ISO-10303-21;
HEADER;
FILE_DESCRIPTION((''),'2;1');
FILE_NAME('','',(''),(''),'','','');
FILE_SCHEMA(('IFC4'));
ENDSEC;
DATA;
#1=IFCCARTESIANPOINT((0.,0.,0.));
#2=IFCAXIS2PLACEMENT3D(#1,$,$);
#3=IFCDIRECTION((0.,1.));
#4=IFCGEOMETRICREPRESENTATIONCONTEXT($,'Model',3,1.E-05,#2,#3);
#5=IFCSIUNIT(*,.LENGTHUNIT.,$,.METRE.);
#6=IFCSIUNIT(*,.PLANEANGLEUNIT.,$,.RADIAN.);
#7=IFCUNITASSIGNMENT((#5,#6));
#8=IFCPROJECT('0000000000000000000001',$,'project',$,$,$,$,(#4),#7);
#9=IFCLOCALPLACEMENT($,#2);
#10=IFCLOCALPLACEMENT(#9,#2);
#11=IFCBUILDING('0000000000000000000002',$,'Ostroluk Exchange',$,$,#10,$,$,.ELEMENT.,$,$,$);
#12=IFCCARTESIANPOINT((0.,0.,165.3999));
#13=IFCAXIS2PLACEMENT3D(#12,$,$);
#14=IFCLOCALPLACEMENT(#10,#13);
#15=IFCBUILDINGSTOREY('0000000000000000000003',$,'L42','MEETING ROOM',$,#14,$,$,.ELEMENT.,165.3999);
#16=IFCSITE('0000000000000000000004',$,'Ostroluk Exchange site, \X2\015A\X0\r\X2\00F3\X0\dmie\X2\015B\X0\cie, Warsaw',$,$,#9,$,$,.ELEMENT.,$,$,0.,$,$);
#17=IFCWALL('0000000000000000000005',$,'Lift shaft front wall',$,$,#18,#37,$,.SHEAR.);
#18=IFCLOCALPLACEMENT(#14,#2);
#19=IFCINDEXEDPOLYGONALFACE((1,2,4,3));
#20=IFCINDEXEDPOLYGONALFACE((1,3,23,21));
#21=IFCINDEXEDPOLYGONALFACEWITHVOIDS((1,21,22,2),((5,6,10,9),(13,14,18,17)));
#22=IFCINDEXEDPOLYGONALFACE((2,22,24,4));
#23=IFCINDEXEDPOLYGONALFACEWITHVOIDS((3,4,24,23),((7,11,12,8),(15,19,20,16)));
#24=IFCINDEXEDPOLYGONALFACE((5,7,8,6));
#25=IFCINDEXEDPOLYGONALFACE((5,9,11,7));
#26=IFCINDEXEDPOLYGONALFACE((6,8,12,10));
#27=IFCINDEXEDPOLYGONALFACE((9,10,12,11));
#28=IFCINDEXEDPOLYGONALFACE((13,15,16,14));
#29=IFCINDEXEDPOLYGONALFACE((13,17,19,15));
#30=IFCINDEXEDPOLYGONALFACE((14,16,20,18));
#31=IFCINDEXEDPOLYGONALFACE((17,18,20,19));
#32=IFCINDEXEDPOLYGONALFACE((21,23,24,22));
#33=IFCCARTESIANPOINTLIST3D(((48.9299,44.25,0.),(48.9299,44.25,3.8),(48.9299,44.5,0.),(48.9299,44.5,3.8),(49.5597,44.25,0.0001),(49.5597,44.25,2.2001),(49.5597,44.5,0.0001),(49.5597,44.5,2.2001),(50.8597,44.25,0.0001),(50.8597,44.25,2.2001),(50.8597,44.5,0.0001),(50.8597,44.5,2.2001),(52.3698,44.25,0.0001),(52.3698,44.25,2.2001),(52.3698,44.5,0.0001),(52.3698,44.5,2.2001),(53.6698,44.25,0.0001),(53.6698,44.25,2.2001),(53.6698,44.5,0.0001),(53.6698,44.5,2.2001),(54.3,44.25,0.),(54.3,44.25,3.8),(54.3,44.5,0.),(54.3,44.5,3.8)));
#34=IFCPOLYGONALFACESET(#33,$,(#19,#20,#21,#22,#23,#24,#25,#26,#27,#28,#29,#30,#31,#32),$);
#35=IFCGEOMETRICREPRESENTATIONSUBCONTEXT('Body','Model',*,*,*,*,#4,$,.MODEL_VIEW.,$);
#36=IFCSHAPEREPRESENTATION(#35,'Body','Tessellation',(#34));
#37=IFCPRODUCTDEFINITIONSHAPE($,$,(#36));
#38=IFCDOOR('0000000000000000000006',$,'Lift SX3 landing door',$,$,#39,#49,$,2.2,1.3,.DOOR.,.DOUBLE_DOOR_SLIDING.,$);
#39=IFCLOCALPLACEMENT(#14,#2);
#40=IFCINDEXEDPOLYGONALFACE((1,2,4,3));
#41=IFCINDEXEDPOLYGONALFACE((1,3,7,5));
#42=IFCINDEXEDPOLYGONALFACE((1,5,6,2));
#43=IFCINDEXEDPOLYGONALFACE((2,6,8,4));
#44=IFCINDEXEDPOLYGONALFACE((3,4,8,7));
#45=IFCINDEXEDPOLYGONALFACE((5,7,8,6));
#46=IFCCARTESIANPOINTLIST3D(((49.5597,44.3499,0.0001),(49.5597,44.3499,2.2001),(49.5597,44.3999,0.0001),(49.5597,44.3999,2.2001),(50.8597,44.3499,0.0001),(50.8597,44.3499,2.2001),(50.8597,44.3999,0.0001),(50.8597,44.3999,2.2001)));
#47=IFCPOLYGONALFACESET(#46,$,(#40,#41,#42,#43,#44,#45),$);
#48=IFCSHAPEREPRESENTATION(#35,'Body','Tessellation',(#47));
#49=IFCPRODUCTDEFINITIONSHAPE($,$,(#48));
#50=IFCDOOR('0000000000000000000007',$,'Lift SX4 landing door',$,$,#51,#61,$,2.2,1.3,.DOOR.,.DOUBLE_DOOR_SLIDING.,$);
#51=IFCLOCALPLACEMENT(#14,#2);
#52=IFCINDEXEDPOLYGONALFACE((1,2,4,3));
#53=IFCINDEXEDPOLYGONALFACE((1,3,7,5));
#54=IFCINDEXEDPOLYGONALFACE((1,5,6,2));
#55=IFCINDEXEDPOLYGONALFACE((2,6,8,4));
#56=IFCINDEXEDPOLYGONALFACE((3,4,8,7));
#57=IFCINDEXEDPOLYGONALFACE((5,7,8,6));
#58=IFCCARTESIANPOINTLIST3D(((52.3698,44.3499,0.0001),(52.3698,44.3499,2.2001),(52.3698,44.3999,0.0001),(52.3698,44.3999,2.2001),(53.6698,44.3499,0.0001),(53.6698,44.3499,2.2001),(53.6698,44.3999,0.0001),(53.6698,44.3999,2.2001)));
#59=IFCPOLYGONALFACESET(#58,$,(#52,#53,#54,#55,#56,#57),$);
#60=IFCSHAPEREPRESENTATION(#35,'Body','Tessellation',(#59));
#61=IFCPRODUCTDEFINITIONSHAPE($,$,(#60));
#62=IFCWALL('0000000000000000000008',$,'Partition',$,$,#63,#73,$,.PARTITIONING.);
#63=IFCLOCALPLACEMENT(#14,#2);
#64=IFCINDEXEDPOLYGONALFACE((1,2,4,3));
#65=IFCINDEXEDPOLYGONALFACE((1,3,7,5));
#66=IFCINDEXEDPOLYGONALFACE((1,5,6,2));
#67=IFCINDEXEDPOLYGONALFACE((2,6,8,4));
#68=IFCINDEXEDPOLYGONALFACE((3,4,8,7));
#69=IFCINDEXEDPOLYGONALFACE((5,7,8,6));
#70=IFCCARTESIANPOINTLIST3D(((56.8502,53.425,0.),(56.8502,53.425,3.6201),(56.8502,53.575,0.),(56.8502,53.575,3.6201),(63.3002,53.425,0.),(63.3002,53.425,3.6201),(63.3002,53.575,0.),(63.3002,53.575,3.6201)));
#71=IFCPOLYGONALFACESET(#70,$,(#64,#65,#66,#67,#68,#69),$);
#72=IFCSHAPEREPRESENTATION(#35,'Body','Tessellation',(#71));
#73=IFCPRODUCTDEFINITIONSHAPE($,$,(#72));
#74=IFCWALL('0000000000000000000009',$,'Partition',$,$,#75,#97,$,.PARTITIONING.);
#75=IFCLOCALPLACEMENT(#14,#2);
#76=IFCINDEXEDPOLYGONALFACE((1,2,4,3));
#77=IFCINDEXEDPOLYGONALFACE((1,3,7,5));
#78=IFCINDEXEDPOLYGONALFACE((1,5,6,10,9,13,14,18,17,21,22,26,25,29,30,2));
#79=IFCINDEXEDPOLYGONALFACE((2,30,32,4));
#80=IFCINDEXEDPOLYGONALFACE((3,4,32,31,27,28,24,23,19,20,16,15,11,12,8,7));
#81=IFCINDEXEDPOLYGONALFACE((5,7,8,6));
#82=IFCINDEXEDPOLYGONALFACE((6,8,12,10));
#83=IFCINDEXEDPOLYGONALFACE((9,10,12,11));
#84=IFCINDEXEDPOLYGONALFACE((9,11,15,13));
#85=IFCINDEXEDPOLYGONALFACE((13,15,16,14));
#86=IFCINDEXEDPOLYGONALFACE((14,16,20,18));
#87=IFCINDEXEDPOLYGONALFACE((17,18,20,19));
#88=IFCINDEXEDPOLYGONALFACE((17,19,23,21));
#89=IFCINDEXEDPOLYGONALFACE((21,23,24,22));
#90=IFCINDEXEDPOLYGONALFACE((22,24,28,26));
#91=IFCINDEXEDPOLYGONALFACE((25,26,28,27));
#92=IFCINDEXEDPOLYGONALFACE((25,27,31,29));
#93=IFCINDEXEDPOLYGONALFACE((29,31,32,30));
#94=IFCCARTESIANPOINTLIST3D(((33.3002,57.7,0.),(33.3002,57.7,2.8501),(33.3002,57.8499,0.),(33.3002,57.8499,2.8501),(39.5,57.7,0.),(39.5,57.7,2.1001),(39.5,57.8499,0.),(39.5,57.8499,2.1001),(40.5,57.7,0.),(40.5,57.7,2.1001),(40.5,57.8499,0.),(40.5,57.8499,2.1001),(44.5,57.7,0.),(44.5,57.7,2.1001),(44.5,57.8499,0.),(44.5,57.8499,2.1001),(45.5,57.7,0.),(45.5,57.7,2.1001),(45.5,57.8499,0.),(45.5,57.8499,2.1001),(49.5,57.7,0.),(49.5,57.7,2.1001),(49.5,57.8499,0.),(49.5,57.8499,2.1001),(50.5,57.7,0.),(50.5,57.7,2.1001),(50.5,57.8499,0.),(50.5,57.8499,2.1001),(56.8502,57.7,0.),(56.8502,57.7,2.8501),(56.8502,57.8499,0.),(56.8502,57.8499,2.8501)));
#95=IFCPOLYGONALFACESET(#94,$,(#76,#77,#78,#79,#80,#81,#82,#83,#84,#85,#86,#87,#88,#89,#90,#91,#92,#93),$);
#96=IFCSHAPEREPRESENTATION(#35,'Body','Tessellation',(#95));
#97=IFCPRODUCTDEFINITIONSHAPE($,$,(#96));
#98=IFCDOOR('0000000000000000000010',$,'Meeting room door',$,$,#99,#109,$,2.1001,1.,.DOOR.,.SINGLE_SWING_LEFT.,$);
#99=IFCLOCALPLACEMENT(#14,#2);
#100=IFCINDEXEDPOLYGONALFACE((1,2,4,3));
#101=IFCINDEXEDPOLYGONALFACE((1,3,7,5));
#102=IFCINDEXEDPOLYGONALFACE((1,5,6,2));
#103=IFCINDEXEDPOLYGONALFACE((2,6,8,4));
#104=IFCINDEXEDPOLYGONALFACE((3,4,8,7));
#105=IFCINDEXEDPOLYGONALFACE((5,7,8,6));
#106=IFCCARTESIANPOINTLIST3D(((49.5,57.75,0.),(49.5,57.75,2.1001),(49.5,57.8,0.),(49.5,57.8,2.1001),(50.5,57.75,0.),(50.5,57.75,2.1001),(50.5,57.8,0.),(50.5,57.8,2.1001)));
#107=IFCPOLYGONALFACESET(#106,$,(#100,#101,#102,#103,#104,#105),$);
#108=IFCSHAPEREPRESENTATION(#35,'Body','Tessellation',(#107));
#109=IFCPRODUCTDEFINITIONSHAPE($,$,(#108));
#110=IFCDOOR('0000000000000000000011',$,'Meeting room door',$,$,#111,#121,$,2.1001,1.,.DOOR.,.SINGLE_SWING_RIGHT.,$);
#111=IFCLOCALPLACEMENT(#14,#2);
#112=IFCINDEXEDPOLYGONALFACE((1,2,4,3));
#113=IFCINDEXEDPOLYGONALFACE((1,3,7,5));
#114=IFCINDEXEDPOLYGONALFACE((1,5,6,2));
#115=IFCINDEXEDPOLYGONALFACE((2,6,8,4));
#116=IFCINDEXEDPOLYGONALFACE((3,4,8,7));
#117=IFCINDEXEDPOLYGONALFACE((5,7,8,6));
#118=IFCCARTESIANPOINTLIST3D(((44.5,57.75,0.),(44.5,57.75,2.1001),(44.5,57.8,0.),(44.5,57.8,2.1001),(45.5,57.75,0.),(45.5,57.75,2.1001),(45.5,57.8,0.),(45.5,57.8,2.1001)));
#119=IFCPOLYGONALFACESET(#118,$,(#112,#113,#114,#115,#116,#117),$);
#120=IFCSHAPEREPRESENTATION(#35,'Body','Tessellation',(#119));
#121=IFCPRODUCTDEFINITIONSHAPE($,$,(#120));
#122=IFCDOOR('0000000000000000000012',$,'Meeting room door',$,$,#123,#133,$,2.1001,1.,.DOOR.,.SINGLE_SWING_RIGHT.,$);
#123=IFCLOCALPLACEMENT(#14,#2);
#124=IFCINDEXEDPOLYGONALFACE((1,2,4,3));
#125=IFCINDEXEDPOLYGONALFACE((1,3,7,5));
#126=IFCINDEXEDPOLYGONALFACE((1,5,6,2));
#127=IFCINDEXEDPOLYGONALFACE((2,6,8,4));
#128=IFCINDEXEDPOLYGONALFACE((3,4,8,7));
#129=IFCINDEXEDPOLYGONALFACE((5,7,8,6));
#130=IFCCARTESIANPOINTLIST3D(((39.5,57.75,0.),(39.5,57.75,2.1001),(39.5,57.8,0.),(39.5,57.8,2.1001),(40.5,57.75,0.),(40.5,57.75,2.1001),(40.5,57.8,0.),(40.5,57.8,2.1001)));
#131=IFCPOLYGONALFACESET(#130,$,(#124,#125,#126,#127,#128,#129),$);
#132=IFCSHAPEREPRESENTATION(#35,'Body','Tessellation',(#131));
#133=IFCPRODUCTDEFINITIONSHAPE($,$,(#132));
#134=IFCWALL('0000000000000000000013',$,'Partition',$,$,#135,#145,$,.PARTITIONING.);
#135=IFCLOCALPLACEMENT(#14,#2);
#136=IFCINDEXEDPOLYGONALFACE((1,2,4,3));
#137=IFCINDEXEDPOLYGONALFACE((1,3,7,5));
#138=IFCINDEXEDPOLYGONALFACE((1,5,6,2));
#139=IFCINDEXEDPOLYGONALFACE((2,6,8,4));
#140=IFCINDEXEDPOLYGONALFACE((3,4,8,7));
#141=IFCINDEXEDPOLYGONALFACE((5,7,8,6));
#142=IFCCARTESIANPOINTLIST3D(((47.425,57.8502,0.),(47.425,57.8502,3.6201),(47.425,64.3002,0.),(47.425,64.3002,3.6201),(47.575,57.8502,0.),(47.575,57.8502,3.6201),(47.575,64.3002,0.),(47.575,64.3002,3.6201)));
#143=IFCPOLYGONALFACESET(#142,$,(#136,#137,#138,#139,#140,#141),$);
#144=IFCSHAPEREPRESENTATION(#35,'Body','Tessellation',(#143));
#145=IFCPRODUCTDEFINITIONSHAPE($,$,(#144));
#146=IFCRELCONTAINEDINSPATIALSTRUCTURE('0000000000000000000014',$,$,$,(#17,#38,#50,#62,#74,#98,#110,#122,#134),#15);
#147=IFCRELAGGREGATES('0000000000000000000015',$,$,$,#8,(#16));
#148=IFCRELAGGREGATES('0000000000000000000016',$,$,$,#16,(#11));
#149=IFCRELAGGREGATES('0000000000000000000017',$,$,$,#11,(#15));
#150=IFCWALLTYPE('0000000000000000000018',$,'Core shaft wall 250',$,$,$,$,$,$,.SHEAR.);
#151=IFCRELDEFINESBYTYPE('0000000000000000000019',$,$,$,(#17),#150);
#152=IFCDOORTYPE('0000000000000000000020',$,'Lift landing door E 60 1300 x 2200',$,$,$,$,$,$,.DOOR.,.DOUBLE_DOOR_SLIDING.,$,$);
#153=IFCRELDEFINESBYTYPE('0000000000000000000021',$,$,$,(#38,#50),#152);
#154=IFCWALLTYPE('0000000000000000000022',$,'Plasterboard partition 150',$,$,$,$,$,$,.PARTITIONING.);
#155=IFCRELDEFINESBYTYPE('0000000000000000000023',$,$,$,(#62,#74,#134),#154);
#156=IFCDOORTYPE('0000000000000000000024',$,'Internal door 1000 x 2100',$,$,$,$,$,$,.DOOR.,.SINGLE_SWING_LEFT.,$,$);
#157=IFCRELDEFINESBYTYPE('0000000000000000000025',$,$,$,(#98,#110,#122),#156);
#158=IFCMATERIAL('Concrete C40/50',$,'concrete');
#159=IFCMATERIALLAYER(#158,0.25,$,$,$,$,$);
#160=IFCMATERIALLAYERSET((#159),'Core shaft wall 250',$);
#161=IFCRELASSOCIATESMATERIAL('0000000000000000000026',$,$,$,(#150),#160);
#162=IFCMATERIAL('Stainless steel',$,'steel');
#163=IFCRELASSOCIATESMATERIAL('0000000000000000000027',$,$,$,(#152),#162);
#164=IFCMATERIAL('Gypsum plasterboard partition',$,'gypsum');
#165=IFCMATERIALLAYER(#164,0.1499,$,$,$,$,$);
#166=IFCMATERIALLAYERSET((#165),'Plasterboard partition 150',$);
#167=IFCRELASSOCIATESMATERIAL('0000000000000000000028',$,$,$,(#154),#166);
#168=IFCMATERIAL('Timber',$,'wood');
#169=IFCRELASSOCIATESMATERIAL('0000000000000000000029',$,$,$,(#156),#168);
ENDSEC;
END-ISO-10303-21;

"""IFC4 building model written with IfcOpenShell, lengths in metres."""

from ifc_helpers import new_model, si_unit, direction, frame, frame_2d, origin, place, context, subcontext, project, spatial, rectangle, extrude, material, layer, layer_set, type_object, element, fill, save


model = new_model("IFC4")

# Units and contexts
model_context = context("Model", 3, precision=1e-05, world=origin(), true_north=direction((0.0, 1.0)))
body_context = subcontext(model_context, "Body", "Model", "MODEL_VIEW")
ifc_project = project(units=[si_unit("LENGTHUNIT", "METRE"), si_unit("PLANEANGLEUNIT", "RADIAN")], contexts=[model_context])

# Site, building, storey
site_placement = place(None, origin())
site = spatial("IfcSite", under=ifc_project, at=site_placement, Name="Ostroluk Exchange site, Śródmieście, Warsaw", CompositionType="ELEMENT", RefElevation=0.0)
building_placement = place(site_placement, origin())
building = spatial("IfcBuilding", under=site, at=building_placement, Name="Ostroluk Exchange", CompositionType="ELEMENT")
storey_placement = place(building_placement, frame((0.0, 0.0, 165.3999)))
storey = spatial("IfcBuildingStorey", under=building, at=storey_placement, Name="L42", Description="MEETING ROOM", CompositionType="ELEMENT", Elevation=165.3999)

# Shared definitions
ifc_material_1 = material(Name="Concrete C40/50", Category="concrete")
ifc_layer_1 = layer(ifc_material_1, 0.25)
ifc_layer_set_1 = layer_set([ifc_layer_1], Name="Core shaft wall 250")
wall_type_1 = type_object("IfcWallType", Name="Core shaft wall 250", PredefinedType="SHEAR", material=ifc_layer_set_1)
ifc_material_2 = material(Name="Stainless steel", Category="steel")
door_type_1 = type_object("IfcDoorType", Name="Lift landing door E 60 1300 x 2200", OperationType="DOUBLE_DOOR_SLIDING", PredefinedType="DOOR", material=ifc_material_2)

# Wall, openings, doors
wall_1_placement = place(storey_placement, frame((48.9299, 44.375, 0.0), z_axis=(0.0, 0.0, 1.0), x_axis=(1.0, 0.0, 0.0)))
wall_1 = element("IfcWall", 1, at=wall_1_placement, inside=storey, type_object=wall_type_1, Name="Lift shaft front wall", PredefinedType="SHEAR", context=body_context, shape_type="SweptSolid", body=[
    extrude(rectangle(XDim=5.3701, YDim=0.25, at=frame_2d((2.6851, 0.0))), origin(), (0.0, 0.0, 1.0), 3.8),
])
opening_1_placement = place(wall_1_placement, frame((0.6299, 0.0, 0.0)))
opening_1 = element("IfcOpeningElement", 2, at=opening_1_placement, cuts=wall_1, PredefinedType="OPENING", context=body_context, shape_type="SweptSolid", body=[
    extrude(rectangle(XDim=1.3, YDim=2.2, at=frame_2d((0.6499, 1.1001))), frame((0.0, 0.135, 0.0), z_axis=(0.0, -1.0, 0.0), x_axis=(1.0, 0.0, 0.0)), (0.0, 0.0, 1.0), 0.27),
])
opening_2_placement = place(wall_1_placement, frame((3.4399, 0.0, 0.0)))
opening_2 = element("IfcOpeningElement", 3, at=opening_2_placement, cuts=wall_1, PredefinedType="OPENING", context=body_context, shape_type="SweptSolid", body=[
    extrude(rectangle(XDim=1.3, YDim=2.2, at=frame_2d((0.6499, 1.1001))), frame((0.0, 0.135, 0.0), z_axis=(0.0, -1.0, 0.0), x_axis=(1.0, 0.0, 0.0)), (0.0, 0.0, 1.0), 0.27),
])
door_1_placement = place(opening_1_placement, origin())
door_1 = element("IfcDoor", 4, at=door_1_placement, inside=storey, type_object=door_type_1, Name="Lift SX3 landing door", OperationType="DOUBLE_DOOR_SLIDING", OverallHeight=2.2, OverallWidth=1.3, PredefinedType="DOOR", context=body_context, shape_type="SweptSolid", body=[
    extrude(rectangle(XDim=1.3, YDim=2.2, at=frame_2d((0.6499, 1.1001))), frame((0.0, 0.0249, 0.0), z_axis=(0.0, -1.0, 0.0), x_axis=(1.0, 0.0, 0.0)), (0.0, 0.0, 1.0), 0.05),
])
fill(opening_1, door_1)
door_2_placement = place(opening_2_placement, origin())
door_2 = element("IfcDoor", 5, at=door_2_placement, inside=storey, type_object=door_type_1, Name="Lift SX4 landing door", OperationType="DOUBLE_DOOR_SLIDING", OverallHeight=2.2, OverallWidth=1.3, PredefinedType="DOOR", context=body_context, shape_type="SweptSolid", body=[
    extrude(rectangle(XDim=1.3, YDim=2.2, at=frame_2d((0.6499, 1.1001))), frame((0.0, 0.0249, 0.0), z_axis=(0.0, -1.0, 0.0), x_axis=(1.0, 0.0, 0.0)), (0.0, 0.0, 1.0), 0.05),
])
fill(opening_2, door_2)

# Wall
ifc_material_3 = material(Name="Gypsum plasterboard partition", Category="gypsum")
ifc_layer_2 = layer(ifc_material_3, 0.1499)
ifc_layer_set_2 = layer_set([ifc_layer_2], Name="Plasterboard partition 150")
wall_type_2 = type_object("IfcWallType", Name="Plasterboard partition 150", PredefinedType="PARTITIONING", material=ifc_layer_set_2)
wall_2_placement = place(storey_placement, frame((56.8501, 53.5, 0.0), z_axis=(0.0, 0.0, 1.0), x_axis=(1.0, 0.0, 0.0)))
element("IfcWall", 6, at=wall_2_placement, inside=storey, type_object=wall_type_2, Name="Partition", PredefinedType="PARTITIONING", context=body_context, shape_type="SweptSolid", body=[
    extrude(rectangle(XDim=6.45, YDim=0.1499, at=frame_2d((3.2251, 0.0))), origin(), (0.0, 0.0, 1.0), 3.6201),
])

# Wall, openings, doors
wall_3_placement = place(storey_placement, frame((56.8501, 57.7749, 0.0), z_axis=(0.0, 0.0, 1.0), x_axis=(-1.0, 0.0, 0.0)))
wall_3 = element("IfcWall", 7, at=wall_3_placement, inside=storey, type_object=wall_type_2, Name="Partition", PredefinedType="PARTITIONING", context=body_context, shape_type="SweptSolid", body=[
    extrude(rectangle(XDim=23.55, YDim=0.1499, at=frame_2d((11.7749, 0.0))), origin(), (0.0, 0.0, 1.0), 2.8501),
])
opening_3_placement = place(wall_3_placement, frame((6.3501, 0.0, 0.0)))
opening_3 = element("IfcOpeningElement", 8, at=opening_3_placement, cuts=wall_3, PredefinedType="OPENING", context=body_context, shape_type="SweptSolid", body=[
    extrude(rectangle(XDim=1.0, YDim=2.1001, at=frame_2d((0.5, 1.05))), frame((0.0, 0.085, 0.0), z_axis=(0.0, -1.0, 0.0), x_axis=(1.0, 0.0, 0.0)), (0.0, 0.0, 1.0), 0.1699),
])
opening_4_placement = place(wall_3_placement, frame((11.3501, 0.0, 0.0)))
opening_4 = element("IfcOpeningElement", 9, at=opening_4_placement, cuts=wall_3, PredefinedType="OPENING", context=body_context, shape_type="SweptSolid", body=[
    extrude(rectangle(XDim=1.0, YDim=2.1001, at=frame_2d((0.5, 1.05))), frame((0.0, 0.085, 0.0), z_axis=(0.0, -1.0, 0.0), x_axis=(1.0, 0.0, 0.0)), (0.0, 0.0, 1.0), 0.1699),
])
opening_5_placement = place(wall_3_placement, frame((16.3501, 0.0, 0.0)))
opening_5 = element("IfcOpeningElement", 10, at=opening_5_placement, cuts=wall_3, PredefinedType="OPENING", context=body_context, shape_type="SweptSolid", body=[
    extrude(rectangle(XDim=1.0, YDim=2.1001, at=frame_2d((0.5, 1.05))), frame((0.0, 0.085, 0.0), z_axis=(0.0, -1.0, 0.0), x_axis=(1.0, 0.0, 0.0)), (0.0, 0.0, 1.0), 0.1699),
])
ifc_material_4 = material(Name="Timber", Category="wood")
door_type_2 = type_object("IfcDoorType", Name="Internal door 1000 x 2100", OperationType="SINGLE_SWING_LEFT", PredefinedType="DOOR", material=ifc_material_4)
door_3_placement = place(opening_3_placement, origin())
door_3 = element("IfcDoor", 11, at=door_3_placement, inside=storey, type_object=door_type_2, Name="Meeting room door", OperationType="SINGLE_SWING_LEFT", OverallHeight=2.1001, OverallWidth=1.0, PredefinedType="DOOR", context=body_context, shape_type="SweptSolid", body=[
    extrude(rectangle(XDim=1.0, YDim=2.1001, at=frame_2d((0.5, 1.05))), frame((0.0, 0.0249, 0.0), z_axis=(0.0, -1.0, 0.0), x_axis=(1.0, 0.0, 0.0)), (0.0, 0.0, 1.0), 0.05),
])
fill(opening_3, door_3)
door_4_placement = place(opening_4_placement, origin())
door_4 = element("IfcDoor", 12, at=door_4_placement, inside=storey, type_object=door_type_2, Name="Meeting room door", OperationType="SINGLE_SWING_RIGHT", OverallHeight=2.1001, OverallWidth=1.0, PredefinedType="DOOR", context=body_context, shape_type="SweptSolid", body=[
    extrude(rectangle(XDim=1.0, YDim=2.1001, at=frame_2d((0.5, 1.05))), frame((0.0, 0.0249, 0.0), z_axis=(0.0, -1.0, 0.0), x_axis=(1.0, 0.0, 0.0)), (0.0, 0.0, 1.0), 0.05),
])
fill(opening_4, door_4)
door_5_placement = place(opening_5_placement, origin())
door_5 = element("IfcDoor", 13, at=door_5_placement, inside=storey, type_object=door_type_2, Name="Meeting room door", OperationType="SINGLE_SWING_RIGHT", OverallHeight=2.1001, OverallWidth=1.0, PredefinedType="DOOR", context=body_context, shape_type="SweptSolid", body=[
    extrude(rectangle(XDim=1.0, YDim=2.1001, at=frame_2d((0.5, 1.05))), frame((0.0, 0.0249, 0.0), z_axis=(0.0, -1.0, 0.0), x_axis=(1.0, 0.0, 0.0)), (0.0, 0.0, 1.0), 0.05),
])
fill(opening_5, door_5)

# Wall
wall_4_placement = place(storey_placement, frame((47.5, 57.8501, 0.0), z_axis=(0.0, 0.0, 1.0), x_axis=(0.0, 1.0, 0.0)))
element("IfcWall", 14, at=wall_4_placement, inside=storey, type_object=wall_type_2, Name="Partition", PredefinedType="PARTITIONING", context=body_context, shape_type="SweptSolid", body=[
    extrude(rectangle(XDim=6.45, YDim=0.1499, at=frame_2d((3.2251, 0.0))), origin(), (0.0, 0.0, 1.0), 3.6201),
])

save(model, "model.ifc")
